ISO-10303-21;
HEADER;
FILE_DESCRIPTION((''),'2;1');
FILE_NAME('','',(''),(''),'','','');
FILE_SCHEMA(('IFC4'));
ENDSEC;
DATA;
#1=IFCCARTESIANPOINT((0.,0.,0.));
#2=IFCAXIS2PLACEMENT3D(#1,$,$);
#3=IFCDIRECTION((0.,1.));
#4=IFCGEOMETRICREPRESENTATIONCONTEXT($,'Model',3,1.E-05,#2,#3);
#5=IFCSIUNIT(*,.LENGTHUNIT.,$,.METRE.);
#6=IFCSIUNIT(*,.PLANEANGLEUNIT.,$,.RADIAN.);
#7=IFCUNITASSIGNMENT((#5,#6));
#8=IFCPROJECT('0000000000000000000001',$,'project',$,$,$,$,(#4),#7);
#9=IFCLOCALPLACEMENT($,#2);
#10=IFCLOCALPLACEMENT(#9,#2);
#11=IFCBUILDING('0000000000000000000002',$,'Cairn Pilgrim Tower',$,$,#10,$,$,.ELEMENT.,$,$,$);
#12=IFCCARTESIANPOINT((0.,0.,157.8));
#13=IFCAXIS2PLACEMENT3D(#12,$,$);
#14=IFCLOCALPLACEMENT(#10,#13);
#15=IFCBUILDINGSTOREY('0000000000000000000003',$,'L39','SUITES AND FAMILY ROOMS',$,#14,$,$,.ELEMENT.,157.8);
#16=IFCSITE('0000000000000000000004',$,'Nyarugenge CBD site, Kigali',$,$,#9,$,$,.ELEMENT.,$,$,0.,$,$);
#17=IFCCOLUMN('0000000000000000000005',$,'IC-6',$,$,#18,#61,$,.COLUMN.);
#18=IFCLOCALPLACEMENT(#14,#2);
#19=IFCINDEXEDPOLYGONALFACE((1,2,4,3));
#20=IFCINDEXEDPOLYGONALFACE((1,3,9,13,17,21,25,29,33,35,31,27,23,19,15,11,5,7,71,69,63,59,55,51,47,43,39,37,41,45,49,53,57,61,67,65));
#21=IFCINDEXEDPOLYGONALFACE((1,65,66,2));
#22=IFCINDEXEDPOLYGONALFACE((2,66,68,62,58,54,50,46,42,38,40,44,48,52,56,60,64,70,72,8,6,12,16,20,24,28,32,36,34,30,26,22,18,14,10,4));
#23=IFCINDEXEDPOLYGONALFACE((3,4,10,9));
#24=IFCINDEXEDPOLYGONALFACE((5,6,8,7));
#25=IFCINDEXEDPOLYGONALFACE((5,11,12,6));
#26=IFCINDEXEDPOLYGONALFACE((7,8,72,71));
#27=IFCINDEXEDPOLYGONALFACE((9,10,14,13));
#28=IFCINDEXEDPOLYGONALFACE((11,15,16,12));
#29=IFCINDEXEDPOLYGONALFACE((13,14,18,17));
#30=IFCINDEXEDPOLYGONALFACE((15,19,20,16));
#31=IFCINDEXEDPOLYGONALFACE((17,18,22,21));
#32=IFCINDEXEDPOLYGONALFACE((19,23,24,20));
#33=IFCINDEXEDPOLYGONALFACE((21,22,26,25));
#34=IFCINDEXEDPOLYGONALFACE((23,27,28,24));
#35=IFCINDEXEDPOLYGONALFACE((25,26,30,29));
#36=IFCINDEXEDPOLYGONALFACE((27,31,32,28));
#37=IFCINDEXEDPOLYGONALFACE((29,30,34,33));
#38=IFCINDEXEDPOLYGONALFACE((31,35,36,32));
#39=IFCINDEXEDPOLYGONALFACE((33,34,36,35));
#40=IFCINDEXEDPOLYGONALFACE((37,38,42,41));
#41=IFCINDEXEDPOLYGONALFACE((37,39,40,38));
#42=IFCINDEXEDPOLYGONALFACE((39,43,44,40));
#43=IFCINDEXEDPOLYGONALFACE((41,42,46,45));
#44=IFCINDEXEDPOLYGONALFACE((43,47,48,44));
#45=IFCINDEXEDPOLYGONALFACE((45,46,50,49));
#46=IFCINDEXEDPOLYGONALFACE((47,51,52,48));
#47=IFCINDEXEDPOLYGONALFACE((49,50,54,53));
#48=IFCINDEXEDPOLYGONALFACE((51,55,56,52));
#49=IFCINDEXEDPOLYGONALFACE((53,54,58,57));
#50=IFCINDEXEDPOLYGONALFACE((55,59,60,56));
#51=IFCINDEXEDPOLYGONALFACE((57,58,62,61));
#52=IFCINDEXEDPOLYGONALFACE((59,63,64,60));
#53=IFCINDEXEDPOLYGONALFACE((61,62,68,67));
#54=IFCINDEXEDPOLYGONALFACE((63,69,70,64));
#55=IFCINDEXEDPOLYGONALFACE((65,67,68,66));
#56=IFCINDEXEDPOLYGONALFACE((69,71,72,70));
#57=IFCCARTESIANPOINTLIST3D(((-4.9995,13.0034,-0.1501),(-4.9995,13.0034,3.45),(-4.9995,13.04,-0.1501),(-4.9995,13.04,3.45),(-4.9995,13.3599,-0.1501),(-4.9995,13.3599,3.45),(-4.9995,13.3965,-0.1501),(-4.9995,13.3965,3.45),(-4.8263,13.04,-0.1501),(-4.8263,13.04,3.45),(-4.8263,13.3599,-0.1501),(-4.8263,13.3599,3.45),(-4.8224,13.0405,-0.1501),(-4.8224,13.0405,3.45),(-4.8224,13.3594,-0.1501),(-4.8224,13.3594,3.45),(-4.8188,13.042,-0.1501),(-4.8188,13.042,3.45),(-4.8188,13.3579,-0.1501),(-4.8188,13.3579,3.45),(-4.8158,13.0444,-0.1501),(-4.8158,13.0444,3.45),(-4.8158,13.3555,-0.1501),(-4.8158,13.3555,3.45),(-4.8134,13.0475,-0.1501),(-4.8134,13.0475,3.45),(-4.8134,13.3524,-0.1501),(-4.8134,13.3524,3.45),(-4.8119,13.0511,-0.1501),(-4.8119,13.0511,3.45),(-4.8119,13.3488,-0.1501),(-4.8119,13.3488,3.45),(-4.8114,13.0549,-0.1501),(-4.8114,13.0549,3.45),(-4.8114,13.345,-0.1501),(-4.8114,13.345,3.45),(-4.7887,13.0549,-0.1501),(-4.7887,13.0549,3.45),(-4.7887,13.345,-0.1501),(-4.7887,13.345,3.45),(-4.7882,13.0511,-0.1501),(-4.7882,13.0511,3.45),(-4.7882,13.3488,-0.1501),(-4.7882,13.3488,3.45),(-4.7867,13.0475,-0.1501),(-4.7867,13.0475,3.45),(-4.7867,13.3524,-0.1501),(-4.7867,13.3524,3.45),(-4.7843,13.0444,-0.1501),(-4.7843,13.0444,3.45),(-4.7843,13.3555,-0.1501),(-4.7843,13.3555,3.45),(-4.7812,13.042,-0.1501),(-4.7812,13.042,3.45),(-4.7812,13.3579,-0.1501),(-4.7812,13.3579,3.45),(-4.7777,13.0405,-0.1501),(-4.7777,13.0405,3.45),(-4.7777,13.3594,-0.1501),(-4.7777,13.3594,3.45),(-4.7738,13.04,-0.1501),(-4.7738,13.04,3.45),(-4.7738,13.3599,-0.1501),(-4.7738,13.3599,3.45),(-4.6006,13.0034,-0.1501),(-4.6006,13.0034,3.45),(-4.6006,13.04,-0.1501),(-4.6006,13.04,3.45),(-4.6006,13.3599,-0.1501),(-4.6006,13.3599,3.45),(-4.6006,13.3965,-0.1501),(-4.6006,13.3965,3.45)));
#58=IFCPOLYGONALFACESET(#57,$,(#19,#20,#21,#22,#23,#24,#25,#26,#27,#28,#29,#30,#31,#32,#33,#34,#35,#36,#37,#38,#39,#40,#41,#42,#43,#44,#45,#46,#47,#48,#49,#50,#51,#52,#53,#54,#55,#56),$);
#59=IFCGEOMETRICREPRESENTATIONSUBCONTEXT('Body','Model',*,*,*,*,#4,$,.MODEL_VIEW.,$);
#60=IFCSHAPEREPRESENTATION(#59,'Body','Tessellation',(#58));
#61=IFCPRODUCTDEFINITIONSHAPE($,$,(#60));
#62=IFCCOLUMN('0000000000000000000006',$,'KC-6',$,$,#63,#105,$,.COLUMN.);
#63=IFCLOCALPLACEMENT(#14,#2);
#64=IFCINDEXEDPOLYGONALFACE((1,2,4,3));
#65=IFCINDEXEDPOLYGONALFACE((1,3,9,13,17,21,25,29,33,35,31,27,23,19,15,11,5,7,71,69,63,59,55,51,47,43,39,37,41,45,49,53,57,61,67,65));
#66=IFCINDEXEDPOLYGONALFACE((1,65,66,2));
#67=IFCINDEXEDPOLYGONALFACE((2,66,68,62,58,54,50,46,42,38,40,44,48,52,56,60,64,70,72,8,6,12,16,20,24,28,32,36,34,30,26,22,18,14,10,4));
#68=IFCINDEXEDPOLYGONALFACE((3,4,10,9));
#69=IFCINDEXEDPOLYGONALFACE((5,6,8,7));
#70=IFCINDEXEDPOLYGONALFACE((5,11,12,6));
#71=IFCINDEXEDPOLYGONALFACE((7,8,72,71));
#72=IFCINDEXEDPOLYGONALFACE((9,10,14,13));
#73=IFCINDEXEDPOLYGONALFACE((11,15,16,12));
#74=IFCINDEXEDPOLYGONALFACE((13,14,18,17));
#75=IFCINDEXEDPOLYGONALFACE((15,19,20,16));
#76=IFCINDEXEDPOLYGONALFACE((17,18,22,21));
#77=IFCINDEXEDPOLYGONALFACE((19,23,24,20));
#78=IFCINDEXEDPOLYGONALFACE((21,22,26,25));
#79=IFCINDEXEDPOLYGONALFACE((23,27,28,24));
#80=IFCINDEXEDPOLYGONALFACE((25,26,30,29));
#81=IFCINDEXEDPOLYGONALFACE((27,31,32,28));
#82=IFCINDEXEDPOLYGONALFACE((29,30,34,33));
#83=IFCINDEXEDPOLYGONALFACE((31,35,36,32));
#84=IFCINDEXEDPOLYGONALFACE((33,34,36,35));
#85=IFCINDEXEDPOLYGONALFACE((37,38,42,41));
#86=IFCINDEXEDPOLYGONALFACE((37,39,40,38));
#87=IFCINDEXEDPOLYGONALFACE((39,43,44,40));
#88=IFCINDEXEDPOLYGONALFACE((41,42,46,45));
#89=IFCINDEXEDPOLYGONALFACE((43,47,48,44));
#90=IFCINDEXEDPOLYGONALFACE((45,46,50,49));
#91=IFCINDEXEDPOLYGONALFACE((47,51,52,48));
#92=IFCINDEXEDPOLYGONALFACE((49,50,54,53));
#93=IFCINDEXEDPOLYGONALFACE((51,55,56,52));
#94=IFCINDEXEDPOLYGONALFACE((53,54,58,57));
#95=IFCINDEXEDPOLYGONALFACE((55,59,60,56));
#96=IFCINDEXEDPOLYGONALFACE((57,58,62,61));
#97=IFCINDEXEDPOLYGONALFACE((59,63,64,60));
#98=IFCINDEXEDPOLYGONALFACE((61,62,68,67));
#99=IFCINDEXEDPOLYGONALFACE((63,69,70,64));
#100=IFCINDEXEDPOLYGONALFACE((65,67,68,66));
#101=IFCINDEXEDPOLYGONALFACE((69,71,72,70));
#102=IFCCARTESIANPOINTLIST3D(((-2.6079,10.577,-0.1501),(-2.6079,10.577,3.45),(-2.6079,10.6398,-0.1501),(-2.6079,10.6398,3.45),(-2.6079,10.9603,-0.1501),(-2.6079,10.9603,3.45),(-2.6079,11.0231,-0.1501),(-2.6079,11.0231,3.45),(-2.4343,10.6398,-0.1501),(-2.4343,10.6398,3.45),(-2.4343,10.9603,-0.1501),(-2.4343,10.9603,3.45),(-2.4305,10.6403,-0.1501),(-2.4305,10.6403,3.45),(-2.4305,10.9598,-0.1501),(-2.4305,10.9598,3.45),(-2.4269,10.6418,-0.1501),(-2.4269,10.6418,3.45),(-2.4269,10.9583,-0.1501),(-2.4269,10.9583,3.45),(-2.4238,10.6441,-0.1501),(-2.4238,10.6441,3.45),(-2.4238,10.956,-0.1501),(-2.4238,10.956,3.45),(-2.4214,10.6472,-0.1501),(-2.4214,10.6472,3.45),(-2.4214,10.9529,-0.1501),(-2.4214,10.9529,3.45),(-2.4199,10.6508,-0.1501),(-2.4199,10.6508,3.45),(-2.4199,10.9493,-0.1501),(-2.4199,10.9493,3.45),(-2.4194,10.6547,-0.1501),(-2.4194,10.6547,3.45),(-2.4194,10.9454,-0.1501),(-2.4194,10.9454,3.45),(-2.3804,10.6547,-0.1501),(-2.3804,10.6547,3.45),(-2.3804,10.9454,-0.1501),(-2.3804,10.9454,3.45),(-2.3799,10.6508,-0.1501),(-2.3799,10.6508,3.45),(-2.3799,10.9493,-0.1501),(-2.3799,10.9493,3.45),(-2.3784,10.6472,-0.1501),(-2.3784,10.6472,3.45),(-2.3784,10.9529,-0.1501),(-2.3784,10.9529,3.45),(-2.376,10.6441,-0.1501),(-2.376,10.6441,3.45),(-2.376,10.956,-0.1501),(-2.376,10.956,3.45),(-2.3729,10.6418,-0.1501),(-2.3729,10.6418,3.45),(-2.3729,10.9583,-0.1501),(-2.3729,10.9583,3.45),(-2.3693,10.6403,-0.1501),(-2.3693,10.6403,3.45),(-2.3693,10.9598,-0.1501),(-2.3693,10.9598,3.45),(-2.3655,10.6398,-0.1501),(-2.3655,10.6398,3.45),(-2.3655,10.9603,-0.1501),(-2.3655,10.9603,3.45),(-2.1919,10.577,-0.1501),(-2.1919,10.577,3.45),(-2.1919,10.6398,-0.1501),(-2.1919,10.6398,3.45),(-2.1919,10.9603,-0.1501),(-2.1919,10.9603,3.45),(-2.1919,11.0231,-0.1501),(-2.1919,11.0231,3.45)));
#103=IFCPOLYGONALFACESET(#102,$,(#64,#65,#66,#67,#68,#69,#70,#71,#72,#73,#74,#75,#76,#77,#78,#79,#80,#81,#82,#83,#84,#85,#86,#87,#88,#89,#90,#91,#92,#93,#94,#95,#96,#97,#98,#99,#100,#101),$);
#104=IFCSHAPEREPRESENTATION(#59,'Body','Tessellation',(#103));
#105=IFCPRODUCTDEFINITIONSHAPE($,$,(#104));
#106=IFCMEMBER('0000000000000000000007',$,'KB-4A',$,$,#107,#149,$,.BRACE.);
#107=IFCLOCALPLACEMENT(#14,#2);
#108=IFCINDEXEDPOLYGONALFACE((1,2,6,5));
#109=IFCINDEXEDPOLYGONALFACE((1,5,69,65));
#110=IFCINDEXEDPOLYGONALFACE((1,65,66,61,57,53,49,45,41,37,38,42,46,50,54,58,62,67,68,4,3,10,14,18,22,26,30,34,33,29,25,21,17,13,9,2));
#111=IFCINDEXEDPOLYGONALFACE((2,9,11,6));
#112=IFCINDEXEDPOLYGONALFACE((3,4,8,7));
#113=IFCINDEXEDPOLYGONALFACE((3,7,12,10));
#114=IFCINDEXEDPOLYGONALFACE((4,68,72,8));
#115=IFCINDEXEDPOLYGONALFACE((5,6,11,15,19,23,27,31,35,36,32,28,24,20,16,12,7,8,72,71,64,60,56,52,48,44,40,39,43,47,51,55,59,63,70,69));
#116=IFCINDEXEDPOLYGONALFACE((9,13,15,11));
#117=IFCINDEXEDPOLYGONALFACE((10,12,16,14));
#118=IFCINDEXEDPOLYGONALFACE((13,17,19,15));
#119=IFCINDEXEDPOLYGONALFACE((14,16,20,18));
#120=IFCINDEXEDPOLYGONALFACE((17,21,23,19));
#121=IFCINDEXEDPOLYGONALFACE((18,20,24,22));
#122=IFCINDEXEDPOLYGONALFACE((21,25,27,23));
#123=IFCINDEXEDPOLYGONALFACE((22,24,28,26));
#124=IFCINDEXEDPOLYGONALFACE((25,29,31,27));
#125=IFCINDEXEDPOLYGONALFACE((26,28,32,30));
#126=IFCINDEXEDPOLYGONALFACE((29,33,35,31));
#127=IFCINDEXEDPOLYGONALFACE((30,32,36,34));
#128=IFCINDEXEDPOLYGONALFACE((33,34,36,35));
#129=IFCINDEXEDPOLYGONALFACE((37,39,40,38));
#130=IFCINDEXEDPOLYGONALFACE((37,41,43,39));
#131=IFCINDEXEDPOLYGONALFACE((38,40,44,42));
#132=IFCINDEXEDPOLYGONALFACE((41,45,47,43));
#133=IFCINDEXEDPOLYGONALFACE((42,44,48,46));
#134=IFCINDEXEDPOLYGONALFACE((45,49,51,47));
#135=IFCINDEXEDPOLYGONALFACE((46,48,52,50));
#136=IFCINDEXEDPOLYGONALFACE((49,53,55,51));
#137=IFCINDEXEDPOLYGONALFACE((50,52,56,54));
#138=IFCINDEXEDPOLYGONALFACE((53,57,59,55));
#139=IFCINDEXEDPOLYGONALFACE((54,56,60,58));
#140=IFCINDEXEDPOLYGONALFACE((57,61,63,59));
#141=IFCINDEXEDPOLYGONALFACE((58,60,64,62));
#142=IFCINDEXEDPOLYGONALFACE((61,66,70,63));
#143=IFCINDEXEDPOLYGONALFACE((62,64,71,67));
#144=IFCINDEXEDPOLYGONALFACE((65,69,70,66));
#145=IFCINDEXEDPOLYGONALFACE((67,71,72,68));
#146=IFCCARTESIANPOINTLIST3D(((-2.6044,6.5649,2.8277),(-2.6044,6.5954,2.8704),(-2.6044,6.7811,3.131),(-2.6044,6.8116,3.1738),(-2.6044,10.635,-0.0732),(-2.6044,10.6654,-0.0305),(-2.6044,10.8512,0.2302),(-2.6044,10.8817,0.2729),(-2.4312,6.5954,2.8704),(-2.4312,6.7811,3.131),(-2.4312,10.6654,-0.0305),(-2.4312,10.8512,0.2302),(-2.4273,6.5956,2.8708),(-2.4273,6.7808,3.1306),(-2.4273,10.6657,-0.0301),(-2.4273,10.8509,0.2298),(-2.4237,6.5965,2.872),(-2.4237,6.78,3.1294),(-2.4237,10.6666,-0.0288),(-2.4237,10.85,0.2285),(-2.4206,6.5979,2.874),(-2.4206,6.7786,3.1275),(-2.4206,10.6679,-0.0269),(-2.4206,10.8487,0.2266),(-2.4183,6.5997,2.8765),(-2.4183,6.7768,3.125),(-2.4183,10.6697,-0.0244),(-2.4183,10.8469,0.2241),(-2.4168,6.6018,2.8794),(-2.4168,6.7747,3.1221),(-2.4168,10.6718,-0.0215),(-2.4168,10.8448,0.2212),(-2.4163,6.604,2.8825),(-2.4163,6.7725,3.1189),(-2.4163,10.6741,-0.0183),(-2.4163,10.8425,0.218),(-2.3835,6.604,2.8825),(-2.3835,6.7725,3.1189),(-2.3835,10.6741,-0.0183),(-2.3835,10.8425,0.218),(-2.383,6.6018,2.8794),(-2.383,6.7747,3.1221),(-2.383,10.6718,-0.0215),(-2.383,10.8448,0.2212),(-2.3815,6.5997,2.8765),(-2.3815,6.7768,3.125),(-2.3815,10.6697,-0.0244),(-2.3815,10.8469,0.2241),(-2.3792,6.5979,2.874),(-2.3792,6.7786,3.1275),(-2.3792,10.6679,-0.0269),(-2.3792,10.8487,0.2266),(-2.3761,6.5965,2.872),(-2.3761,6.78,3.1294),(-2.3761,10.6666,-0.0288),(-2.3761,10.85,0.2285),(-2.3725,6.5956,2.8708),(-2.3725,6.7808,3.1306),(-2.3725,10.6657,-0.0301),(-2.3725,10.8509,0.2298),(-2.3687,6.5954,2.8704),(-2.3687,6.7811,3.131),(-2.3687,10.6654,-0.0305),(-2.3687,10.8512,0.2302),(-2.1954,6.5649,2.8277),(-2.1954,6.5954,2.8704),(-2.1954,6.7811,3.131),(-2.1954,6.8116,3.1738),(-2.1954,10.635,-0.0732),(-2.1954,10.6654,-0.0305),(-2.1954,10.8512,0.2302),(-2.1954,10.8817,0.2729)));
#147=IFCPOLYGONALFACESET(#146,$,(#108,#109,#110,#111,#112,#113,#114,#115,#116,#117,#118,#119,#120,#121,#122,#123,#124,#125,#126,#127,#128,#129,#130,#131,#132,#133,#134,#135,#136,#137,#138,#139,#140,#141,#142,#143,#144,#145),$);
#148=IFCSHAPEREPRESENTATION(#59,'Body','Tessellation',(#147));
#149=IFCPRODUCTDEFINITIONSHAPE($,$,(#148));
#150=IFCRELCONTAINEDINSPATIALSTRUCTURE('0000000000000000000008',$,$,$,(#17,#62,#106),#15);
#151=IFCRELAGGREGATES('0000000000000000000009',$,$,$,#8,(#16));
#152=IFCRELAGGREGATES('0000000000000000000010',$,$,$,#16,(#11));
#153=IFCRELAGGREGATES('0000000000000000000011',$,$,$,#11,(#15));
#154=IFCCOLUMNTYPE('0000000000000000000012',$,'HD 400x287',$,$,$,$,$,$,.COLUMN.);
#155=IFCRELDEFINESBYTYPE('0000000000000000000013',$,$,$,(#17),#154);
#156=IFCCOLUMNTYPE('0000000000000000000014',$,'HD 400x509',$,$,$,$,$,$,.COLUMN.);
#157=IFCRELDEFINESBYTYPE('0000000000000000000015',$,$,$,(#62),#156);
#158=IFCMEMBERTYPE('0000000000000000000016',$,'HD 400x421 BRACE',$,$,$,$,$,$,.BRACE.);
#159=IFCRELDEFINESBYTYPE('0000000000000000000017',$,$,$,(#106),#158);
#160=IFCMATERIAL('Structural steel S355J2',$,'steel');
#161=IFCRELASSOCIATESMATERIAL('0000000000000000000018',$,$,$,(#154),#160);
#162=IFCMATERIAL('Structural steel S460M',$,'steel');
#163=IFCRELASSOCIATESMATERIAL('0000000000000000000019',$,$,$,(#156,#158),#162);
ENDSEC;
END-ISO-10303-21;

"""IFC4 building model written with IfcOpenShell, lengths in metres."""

from ifc_helpers import new_model, si_unit, direction, frame, origin, origin_2d, place, context, subcontext, project, spatial, i_section, extrude, material, material_profile, profile_set, type_object, element, save


model = new_model("IFC4")

# Units and contexts
model_context = context("Model", 3, precision=1e-05, world=origin(), true_north=direction((0.0, 1.0)))
body_context = subcontext(model_context, "Body", "Model", "MODEL_VIEW")
ifc_project = project(units=[si_unit("LENGTHUNIT", "METRE"), si_unit("PLANEANGLEUNIT", "RADIAN")], contexts=[model_context])

# Site, building, storey
site_placement = place(None, origin())
site = spatial("IfcSite", under=ifc_project, at=site_placement, Name="Nyarugenge CBD site, Kigali", CompositionType="ELEMENT", RefElevation=0.0)
building_placement = place(site_placement, origin())
building = spatial("IfcBuilding", under=site, at=building_placement, Name="Cairn Pilgrim Tower", CompositionType="ELEMENT")
storey_placement = place(building_placement, frame((0.0, 0.0, 157.8)))
storey = spatial("IfcBuildingStorey", under=building, at=storey_placement, Name="L39", Description="SUITES AND FAMILY ROOMS", CompositionType="ELEMENT", Elevation=157.8)

# Columns
ifc_material_1 = material(Name="Structural steel S355J2", Category="steel")
ifc_material_profile_1 = material_profile(ifc_material_1, i_section(OverallWidth=0.3989, OverallDepth=0.3931, WebThickness=0.0227, FlangeThickness=0.0366, FilletRadius=0.0149, at=origin_2d()), Name="HD 400x287")
ifc_profile_set_1 = profile_set([ifc_material_profile_1], Name="Structural steel S355J2")
column_type_1 = type_object("IfcColumnType", Name="HD 400x287", PredefinedType="COLUMN", material=ifc_profile_set_1)
column_1_placement = place(storey_placement, frame((-4.8, 13.2, -0.1501), z_axis=(0.0, 0.0, 1.0), x_axis=(1.0, 0.0, 0.0)))
element("IfcColumn", 1, at=column_1_placement, inside=storey, type_object=column_type_1, Name="IC-6", PredefinedType="COLUMN", context=body_context, shape_type="SweptSolid", body=[
    extrude(i_section(OverallWidth=0.3989, OverallDepth=0.3931, WebThickness=0.0227, FlangeThickness=0.0366, FilletRadius=0.0149, at=origin_2d()), origin(), (0.0, 0.0, 1.0), 3.6001),
])
ifc_material_2 = material(Name="Structural steel S460M", Category="steel")
ifc_material_profile_2 = material_profile(ifc_material_2, i_section(OverallWidth=0.416, OverallDepth=0.446, WebThickness=0.0391, FlangeThickness=0.0627, FilletRadius=0.0149, at=origin_2d()), Name="HD 400x509")
ifc_profile_set_2 = profile_set([ifc_material_profile_2], Name="Structural steel S460M")
column_type_2 = type_object("IfcColumnType", Name="HD 400x509", PredefinedType="COLUMN", material=ifc_profile_set_2)
column_2_placement = place(storey_placement, frame((-2.3999, 10.8, -0.1501), z_axis=(0.0, 0.0, 1.0), x_axis=(1.0, 0.0, 0.0)))
element("IfcColumn", 2, at=column_2_placement, inside=storey, type_object=column_type_2, Name="KC-6", PredefinedType="COLUMN", context=body_context, shape_type="SweptSolid", body=[
    extrude(i_section(OverallWidth=0.416, OverallDepth=0.446, WebThickness=0.0391, FlangeThickness=0.0627, FilletRadius=0.0149, at=origin_2d()), origin(), (0.0, 0.0, 1.0), 3.6001),
])

# Member
ifc_material_profile_3 = material_profile(ifc_material_2, i_section(OverallWidth=0.4089, OverallDepth=0.425, WebThickness=0.0327, FlangeThickness=0.0525, FilletRadius=0.0149, at=origin_2d()), Name="HD 400x421")
ifc_profile_set_3 = profile_set([ifc_material_profile_3], Name="Structural steel S460M")
member_type = type_object("IfcMemberType", Name="HD 400x421 BRACE", PredefinedType="BRACE", material=ifc_profile_set_3)
member_placement = place(storey_placement, frame((-2.3999, 10.7583, 0.0999), z_axis=(0.0, -0.81433, 0.580402), x_axis=(1.0, 0.0, 0.0)))
element("IfcMember", 3, at=member_placement, inside=storey, type_object=member_type, Name="KB-4A", PredefinedType="BRACE", context=body_context, shape_type="SweptSolid", body=[
    extrude(i_section(OverallWidth=0.4089, OverallDepth=0.425, WebThickness=0.0327, FlangeThickness=0.0525, FilletRadius=0.0149, at=origin_2d()), origin(), (0.0, 0.0, 1.0), 4.998),
])

save(model, "model.ifc")
